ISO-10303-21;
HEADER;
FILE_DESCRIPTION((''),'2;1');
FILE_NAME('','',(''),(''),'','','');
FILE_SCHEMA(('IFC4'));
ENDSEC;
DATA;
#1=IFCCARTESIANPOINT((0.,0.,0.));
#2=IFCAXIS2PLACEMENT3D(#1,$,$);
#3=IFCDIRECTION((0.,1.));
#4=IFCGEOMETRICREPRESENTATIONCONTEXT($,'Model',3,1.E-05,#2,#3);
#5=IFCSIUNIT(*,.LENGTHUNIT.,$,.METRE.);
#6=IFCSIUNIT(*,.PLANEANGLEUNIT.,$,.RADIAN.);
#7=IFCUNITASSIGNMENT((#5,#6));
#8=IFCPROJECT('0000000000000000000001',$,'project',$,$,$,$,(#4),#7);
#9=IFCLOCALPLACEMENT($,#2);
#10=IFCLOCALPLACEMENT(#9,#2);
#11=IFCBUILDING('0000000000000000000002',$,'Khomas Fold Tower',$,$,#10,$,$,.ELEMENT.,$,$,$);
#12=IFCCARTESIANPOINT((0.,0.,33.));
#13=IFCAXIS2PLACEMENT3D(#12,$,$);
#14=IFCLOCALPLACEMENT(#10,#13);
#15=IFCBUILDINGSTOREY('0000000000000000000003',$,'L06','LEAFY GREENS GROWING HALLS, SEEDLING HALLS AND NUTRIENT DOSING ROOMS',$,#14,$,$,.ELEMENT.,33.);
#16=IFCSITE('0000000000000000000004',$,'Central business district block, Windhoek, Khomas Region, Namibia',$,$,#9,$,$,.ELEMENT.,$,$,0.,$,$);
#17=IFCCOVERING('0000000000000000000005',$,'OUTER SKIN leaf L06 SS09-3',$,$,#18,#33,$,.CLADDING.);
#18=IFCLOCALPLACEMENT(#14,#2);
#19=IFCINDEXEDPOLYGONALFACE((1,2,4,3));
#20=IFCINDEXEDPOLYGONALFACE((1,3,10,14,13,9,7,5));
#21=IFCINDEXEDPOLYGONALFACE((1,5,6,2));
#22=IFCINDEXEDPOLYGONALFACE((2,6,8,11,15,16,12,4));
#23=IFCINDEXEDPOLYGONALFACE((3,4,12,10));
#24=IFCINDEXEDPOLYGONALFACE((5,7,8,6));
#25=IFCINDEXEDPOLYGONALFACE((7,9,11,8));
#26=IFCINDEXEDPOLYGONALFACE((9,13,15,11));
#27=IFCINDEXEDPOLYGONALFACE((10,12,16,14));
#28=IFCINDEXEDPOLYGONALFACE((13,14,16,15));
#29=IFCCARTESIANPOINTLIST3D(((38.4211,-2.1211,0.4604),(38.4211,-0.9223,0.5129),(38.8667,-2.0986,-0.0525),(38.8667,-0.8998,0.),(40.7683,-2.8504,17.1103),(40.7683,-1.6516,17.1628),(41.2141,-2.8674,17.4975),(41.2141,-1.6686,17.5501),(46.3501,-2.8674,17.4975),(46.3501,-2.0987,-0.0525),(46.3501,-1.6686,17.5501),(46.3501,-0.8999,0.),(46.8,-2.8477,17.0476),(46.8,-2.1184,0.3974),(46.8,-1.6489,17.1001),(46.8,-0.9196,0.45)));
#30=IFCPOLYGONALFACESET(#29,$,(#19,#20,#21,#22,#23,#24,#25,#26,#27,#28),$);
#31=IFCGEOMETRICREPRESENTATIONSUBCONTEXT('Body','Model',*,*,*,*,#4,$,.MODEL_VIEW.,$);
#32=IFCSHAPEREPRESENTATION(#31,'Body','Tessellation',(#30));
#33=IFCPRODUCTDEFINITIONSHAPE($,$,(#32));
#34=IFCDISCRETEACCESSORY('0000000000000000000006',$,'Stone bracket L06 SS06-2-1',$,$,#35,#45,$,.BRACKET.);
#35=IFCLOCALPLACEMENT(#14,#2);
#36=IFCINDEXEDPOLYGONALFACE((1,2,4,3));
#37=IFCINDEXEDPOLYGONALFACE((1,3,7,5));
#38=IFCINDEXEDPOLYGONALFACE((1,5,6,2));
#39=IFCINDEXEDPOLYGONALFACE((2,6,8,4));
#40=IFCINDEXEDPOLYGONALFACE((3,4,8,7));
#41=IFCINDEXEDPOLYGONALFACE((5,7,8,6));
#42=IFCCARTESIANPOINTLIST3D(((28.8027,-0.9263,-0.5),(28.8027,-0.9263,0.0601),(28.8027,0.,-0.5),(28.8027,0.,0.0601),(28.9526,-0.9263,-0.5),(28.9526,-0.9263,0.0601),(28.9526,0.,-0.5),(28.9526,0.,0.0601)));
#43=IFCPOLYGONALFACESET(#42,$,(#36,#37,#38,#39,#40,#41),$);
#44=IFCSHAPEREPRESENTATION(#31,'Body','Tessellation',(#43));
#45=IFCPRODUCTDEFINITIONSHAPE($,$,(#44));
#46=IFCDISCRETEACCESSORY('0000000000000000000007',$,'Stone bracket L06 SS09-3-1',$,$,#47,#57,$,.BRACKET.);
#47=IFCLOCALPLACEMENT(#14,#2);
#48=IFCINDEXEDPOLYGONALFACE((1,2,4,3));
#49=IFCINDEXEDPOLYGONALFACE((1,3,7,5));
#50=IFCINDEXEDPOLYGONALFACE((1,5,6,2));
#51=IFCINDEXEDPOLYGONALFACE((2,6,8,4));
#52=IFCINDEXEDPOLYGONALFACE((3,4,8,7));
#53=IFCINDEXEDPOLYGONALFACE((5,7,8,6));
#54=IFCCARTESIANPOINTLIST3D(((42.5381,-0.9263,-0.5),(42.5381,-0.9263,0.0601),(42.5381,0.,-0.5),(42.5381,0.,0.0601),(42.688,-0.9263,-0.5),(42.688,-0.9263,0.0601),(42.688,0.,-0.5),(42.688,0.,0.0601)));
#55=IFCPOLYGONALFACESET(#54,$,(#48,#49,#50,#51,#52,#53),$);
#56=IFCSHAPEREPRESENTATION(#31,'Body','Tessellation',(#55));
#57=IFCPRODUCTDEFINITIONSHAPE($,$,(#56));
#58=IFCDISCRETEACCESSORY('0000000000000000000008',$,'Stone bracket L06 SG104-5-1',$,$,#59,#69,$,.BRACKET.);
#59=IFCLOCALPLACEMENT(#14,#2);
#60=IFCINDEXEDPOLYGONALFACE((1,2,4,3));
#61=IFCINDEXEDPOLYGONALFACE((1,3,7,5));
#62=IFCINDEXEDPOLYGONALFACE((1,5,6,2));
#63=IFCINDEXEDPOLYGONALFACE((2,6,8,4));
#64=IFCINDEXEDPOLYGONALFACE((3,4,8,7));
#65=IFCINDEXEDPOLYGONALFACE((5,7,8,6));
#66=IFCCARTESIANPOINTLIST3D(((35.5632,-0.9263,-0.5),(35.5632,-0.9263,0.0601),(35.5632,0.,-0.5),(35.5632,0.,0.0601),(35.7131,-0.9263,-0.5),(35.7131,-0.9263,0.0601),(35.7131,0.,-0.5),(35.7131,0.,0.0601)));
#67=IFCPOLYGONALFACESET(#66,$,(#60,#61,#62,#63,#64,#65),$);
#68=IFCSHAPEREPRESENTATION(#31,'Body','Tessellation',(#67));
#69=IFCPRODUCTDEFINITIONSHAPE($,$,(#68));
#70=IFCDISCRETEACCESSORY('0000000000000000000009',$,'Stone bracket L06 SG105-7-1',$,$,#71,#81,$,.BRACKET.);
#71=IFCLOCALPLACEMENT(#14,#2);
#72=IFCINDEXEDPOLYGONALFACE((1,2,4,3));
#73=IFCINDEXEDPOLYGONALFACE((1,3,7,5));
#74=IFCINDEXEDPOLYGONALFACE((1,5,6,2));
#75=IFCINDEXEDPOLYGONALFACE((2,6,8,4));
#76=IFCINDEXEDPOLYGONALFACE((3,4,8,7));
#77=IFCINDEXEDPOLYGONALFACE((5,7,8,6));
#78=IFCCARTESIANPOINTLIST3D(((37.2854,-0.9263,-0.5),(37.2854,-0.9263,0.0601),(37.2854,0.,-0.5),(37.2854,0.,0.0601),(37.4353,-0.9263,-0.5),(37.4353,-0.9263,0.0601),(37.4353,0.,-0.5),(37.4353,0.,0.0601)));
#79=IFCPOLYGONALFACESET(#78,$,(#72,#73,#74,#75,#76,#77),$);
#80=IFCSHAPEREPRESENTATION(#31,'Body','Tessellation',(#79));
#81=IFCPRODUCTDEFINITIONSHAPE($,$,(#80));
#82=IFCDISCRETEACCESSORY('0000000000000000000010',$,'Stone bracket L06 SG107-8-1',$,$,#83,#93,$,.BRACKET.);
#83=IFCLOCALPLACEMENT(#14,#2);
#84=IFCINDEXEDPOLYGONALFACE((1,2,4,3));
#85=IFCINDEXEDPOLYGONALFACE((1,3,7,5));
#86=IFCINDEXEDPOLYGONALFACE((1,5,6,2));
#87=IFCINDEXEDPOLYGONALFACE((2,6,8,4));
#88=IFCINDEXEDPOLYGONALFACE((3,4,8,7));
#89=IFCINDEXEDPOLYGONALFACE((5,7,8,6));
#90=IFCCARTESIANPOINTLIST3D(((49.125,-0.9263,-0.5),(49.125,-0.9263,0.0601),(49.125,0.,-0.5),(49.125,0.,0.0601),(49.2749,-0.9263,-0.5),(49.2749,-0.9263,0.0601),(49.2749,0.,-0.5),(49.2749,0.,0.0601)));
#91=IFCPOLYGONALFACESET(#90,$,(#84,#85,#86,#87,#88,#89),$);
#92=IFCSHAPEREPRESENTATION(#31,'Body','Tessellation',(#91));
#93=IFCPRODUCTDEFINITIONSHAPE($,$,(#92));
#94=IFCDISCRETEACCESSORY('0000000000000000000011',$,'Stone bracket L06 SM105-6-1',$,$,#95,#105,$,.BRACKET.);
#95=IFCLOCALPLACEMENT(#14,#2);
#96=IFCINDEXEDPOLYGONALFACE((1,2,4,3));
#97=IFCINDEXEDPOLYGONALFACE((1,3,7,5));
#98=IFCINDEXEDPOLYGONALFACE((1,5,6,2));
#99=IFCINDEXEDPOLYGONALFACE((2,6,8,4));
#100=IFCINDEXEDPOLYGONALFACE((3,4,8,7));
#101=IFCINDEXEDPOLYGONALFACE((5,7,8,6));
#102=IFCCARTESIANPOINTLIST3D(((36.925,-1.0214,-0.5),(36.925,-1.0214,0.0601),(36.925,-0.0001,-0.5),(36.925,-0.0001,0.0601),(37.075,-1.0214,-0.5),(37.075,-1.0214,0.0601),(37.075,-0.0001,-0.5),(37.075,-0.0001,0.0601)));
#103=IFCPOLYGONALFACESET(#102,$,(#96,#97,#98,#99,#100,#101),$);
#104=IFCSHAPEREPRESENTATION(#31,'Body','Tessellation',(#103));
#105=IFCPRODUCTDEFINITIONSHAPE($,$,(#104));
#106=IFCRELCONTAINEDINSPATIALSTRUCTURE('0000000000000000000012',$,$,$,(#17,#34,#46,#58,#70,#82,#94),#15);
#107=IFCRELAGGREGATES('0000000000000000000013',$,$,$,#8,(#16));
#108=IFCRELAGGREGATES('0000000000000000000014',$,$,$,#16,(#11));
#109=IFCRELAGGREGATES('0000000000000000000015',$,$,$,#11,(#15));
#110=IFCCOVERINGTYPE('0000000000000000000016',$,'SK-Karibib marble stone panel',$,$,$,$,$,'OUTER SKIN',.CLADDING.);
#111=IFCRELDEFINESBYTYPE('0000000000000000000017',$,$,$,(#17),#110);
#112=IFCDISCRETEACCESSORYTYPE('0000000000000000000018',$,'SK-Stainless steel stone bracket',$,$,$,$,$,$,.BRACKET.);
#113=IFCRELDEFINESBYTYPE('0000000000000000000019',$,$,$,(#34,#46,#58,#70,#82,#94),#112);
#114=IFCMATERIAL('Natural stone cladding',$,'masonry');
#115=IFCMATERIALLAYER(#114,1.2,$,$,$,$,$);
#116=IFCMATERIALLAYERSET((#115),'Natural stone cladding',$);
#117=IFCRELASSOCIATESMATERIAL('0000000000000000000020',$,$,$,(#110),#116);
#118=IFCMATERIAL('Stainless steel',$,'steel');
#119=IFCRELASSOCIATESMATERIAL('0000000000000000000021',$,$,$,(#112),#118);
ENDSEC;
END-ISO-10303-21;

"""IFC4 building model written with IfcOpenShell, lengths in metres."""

from ifc_helpers import new_model, si_unit, direction, frame, origin, origin_2d, place, context, subcontext, project, spatial, polyline, rectangle, outline, extrude, source, transform, mapped, material, layer, layer_set, type_object, element, save


model = new_model("IFC4")

# Units and contexts
model_context = context("Model", 3, precision=1e-05, world=origin(), true_north=direction((0.0, 1.0)))
body_context = subcontext(model_context, "Body", "Model", "MODEL_VIEW")
ifc_project = project(units=[si_unit("LENGTHUNIT", "METRE"), si_unit("PLANEANGLEUNIT", "RADIAN")], contexts=[model_context])

# Site, building, storey
site_placement = place(None, origin())
site = spatial("IfcSite", under=ifc_project, at=site_placement, Name="Central business district block, Windhoek, Khomas Region, Namibia", CompositionType="ELEMENT", RefElevation=0.0)
building_placement = place(site_placement, origin())
building = spatial("IfcBuilding", under=site, at=building_placement, Name="Khomas Fold Tower", CompositionType="ELEMENT")
storey_placement = place(building_placement, frame((0.0, 0.0, 33.0)))
storey = spatial("IfcBuildingStorey", under=building, at=storey_placement, Name="L06", Description="LEAFY GREENS GROWING HALLS, SEEDLING HALLS AND NUTRIENT DOSING ROOMS", CompositionType="ELEMENT", Elevation=33.0)

# Covering
ifc_material_1 = material(Name="Natural stone cladding", Category="masonry")
ifc_layer_1 = layer(ifc_material_1, 1.2)
ifc_layer_set_1 = layer_set([ifc_layer_1], Name="Natural stone cladding")
covering_type_1 = type_object("IfcCoveringType", Name="SK-Karibib marble stone panel", ElementType="OUTER SKIN", PredefinedType="CLADDING", material=ifc_layer_set_1)
covering_1_placement = place(storey_placement, frame((46.8, -1.6489, 17.1001), z_axis=(0.000009, 0.999042, 0.043762), x_axis=(0.0, 0.043762, -0.999042)))
element("IfcCovering", 1, at=covering_1_placement, inside=storey, type_object=covering_type_1, Name="OUTER SKIN leaf L06 SS09-3", PredefinedType="CLADDING", context=body_context, shape_type="SweptSolid", body=[
    extrude(outline(polyline([(0.0, 0.0), (16.6661, 0.0), (17.1165, 0.45), (17.1165, 7.9333), (16.6031, 8.3789), (-0.0628, 6.0317), (-0.4504, 5.5859), (-0.4504, 0.45), (0.0, 0.0)])), origin(), (0.0, 0.0, -1.0), 1.2),
])

# Discrete accessories
ifc_material_2 = material(Name="Stainless steel", Category="steel")
discrete_accessory_type = type_object("IfcDiscreteAccessoryType", Name="SK-Stainless steel stone bracket", PredefinedType="BRACKET", material=ifc_material_2)
shared_shape_1 = source(origin(), body_context, "Body", "SweptSolid", [
    extrude(rectangle(XDim=0.9263, YDim=0.1499, at=origin_2d()), origin(), (0.0, 0.0, 1.0), 0.5601),
])
for number, where, z_axis, x_axis, name in (
    (2, (28.8777, -0.4631, -0.5), (0.0, 0.0, 1.0), (0.0, -1.0, 0.0), "Stone bracket L06 SS06-2-1"),
    (3, (42.613, -0.4631, -0.5), (0.0, 0.0, 1.0), (0.0, -1.0, 0.0), "Stone bracket L06 SS09-3-1"),
    (4, (35.6382, -0.4631, -0.5), (0.0, 0.0, 1.0), (0.0, -1.0, 0.0), "Stone bracket L06 SG104-5-1"),
    (5, (37.3604, -0.4631, -0.5), (0.0, 0.0, 1.0), (0.0, -1.0, 0.0), "Stone bracket L06 SG105-7-1"),
    (6, (49.2, -0.4631, -0.5), (0.0, 0.0, 1.0), (0.0, -1.0, 0.0), "Stone bracket L06 SG107-8-1"),
):
    element("IfcDiscreteAccessory", number, at=place(storey_placement, frame(where, z_axis=z_axis, x_axis=x_axis)), inside=storey, type_object=discrete_accessory_type, Name=name, PredefinedType="BRACKET", context=body_context, shape_type="MappedRepresentation", body=[
        mapped(shared_shape_1, transform((0.0, 0.0, 0.0))),
    ])
shared_shape_2 = source(origin(), body_context, "Body", "SweptSolid", [
    extrude(rectangle(XDim=1.0212, YDim=0.1499, at=origin_2d()), origin(), (0.0, 0.0, 1.0), 0.5601),
])
discrete_accessory_placement = place(storey_placement, frame((37.0, -0.5107, -0.5), z_axis=(0.0, 0.0, 1.0), x_axis=(0.0, -1.0, 0.0)))
element("IfcDiscreteAccessory", 7, at=discrete_accessory_placement, inside=storey, type_object=discrete_accessory_type, Name="Stone bracket L06 SM105-6-1", PredefinedType="BRACKET", context=body_context, shape_type="MappedRepresentation", body=[
    mapped(shared_shape_2, transform((0.0, 0.0, 0.0))),
])

save(model, "model.ifc")
